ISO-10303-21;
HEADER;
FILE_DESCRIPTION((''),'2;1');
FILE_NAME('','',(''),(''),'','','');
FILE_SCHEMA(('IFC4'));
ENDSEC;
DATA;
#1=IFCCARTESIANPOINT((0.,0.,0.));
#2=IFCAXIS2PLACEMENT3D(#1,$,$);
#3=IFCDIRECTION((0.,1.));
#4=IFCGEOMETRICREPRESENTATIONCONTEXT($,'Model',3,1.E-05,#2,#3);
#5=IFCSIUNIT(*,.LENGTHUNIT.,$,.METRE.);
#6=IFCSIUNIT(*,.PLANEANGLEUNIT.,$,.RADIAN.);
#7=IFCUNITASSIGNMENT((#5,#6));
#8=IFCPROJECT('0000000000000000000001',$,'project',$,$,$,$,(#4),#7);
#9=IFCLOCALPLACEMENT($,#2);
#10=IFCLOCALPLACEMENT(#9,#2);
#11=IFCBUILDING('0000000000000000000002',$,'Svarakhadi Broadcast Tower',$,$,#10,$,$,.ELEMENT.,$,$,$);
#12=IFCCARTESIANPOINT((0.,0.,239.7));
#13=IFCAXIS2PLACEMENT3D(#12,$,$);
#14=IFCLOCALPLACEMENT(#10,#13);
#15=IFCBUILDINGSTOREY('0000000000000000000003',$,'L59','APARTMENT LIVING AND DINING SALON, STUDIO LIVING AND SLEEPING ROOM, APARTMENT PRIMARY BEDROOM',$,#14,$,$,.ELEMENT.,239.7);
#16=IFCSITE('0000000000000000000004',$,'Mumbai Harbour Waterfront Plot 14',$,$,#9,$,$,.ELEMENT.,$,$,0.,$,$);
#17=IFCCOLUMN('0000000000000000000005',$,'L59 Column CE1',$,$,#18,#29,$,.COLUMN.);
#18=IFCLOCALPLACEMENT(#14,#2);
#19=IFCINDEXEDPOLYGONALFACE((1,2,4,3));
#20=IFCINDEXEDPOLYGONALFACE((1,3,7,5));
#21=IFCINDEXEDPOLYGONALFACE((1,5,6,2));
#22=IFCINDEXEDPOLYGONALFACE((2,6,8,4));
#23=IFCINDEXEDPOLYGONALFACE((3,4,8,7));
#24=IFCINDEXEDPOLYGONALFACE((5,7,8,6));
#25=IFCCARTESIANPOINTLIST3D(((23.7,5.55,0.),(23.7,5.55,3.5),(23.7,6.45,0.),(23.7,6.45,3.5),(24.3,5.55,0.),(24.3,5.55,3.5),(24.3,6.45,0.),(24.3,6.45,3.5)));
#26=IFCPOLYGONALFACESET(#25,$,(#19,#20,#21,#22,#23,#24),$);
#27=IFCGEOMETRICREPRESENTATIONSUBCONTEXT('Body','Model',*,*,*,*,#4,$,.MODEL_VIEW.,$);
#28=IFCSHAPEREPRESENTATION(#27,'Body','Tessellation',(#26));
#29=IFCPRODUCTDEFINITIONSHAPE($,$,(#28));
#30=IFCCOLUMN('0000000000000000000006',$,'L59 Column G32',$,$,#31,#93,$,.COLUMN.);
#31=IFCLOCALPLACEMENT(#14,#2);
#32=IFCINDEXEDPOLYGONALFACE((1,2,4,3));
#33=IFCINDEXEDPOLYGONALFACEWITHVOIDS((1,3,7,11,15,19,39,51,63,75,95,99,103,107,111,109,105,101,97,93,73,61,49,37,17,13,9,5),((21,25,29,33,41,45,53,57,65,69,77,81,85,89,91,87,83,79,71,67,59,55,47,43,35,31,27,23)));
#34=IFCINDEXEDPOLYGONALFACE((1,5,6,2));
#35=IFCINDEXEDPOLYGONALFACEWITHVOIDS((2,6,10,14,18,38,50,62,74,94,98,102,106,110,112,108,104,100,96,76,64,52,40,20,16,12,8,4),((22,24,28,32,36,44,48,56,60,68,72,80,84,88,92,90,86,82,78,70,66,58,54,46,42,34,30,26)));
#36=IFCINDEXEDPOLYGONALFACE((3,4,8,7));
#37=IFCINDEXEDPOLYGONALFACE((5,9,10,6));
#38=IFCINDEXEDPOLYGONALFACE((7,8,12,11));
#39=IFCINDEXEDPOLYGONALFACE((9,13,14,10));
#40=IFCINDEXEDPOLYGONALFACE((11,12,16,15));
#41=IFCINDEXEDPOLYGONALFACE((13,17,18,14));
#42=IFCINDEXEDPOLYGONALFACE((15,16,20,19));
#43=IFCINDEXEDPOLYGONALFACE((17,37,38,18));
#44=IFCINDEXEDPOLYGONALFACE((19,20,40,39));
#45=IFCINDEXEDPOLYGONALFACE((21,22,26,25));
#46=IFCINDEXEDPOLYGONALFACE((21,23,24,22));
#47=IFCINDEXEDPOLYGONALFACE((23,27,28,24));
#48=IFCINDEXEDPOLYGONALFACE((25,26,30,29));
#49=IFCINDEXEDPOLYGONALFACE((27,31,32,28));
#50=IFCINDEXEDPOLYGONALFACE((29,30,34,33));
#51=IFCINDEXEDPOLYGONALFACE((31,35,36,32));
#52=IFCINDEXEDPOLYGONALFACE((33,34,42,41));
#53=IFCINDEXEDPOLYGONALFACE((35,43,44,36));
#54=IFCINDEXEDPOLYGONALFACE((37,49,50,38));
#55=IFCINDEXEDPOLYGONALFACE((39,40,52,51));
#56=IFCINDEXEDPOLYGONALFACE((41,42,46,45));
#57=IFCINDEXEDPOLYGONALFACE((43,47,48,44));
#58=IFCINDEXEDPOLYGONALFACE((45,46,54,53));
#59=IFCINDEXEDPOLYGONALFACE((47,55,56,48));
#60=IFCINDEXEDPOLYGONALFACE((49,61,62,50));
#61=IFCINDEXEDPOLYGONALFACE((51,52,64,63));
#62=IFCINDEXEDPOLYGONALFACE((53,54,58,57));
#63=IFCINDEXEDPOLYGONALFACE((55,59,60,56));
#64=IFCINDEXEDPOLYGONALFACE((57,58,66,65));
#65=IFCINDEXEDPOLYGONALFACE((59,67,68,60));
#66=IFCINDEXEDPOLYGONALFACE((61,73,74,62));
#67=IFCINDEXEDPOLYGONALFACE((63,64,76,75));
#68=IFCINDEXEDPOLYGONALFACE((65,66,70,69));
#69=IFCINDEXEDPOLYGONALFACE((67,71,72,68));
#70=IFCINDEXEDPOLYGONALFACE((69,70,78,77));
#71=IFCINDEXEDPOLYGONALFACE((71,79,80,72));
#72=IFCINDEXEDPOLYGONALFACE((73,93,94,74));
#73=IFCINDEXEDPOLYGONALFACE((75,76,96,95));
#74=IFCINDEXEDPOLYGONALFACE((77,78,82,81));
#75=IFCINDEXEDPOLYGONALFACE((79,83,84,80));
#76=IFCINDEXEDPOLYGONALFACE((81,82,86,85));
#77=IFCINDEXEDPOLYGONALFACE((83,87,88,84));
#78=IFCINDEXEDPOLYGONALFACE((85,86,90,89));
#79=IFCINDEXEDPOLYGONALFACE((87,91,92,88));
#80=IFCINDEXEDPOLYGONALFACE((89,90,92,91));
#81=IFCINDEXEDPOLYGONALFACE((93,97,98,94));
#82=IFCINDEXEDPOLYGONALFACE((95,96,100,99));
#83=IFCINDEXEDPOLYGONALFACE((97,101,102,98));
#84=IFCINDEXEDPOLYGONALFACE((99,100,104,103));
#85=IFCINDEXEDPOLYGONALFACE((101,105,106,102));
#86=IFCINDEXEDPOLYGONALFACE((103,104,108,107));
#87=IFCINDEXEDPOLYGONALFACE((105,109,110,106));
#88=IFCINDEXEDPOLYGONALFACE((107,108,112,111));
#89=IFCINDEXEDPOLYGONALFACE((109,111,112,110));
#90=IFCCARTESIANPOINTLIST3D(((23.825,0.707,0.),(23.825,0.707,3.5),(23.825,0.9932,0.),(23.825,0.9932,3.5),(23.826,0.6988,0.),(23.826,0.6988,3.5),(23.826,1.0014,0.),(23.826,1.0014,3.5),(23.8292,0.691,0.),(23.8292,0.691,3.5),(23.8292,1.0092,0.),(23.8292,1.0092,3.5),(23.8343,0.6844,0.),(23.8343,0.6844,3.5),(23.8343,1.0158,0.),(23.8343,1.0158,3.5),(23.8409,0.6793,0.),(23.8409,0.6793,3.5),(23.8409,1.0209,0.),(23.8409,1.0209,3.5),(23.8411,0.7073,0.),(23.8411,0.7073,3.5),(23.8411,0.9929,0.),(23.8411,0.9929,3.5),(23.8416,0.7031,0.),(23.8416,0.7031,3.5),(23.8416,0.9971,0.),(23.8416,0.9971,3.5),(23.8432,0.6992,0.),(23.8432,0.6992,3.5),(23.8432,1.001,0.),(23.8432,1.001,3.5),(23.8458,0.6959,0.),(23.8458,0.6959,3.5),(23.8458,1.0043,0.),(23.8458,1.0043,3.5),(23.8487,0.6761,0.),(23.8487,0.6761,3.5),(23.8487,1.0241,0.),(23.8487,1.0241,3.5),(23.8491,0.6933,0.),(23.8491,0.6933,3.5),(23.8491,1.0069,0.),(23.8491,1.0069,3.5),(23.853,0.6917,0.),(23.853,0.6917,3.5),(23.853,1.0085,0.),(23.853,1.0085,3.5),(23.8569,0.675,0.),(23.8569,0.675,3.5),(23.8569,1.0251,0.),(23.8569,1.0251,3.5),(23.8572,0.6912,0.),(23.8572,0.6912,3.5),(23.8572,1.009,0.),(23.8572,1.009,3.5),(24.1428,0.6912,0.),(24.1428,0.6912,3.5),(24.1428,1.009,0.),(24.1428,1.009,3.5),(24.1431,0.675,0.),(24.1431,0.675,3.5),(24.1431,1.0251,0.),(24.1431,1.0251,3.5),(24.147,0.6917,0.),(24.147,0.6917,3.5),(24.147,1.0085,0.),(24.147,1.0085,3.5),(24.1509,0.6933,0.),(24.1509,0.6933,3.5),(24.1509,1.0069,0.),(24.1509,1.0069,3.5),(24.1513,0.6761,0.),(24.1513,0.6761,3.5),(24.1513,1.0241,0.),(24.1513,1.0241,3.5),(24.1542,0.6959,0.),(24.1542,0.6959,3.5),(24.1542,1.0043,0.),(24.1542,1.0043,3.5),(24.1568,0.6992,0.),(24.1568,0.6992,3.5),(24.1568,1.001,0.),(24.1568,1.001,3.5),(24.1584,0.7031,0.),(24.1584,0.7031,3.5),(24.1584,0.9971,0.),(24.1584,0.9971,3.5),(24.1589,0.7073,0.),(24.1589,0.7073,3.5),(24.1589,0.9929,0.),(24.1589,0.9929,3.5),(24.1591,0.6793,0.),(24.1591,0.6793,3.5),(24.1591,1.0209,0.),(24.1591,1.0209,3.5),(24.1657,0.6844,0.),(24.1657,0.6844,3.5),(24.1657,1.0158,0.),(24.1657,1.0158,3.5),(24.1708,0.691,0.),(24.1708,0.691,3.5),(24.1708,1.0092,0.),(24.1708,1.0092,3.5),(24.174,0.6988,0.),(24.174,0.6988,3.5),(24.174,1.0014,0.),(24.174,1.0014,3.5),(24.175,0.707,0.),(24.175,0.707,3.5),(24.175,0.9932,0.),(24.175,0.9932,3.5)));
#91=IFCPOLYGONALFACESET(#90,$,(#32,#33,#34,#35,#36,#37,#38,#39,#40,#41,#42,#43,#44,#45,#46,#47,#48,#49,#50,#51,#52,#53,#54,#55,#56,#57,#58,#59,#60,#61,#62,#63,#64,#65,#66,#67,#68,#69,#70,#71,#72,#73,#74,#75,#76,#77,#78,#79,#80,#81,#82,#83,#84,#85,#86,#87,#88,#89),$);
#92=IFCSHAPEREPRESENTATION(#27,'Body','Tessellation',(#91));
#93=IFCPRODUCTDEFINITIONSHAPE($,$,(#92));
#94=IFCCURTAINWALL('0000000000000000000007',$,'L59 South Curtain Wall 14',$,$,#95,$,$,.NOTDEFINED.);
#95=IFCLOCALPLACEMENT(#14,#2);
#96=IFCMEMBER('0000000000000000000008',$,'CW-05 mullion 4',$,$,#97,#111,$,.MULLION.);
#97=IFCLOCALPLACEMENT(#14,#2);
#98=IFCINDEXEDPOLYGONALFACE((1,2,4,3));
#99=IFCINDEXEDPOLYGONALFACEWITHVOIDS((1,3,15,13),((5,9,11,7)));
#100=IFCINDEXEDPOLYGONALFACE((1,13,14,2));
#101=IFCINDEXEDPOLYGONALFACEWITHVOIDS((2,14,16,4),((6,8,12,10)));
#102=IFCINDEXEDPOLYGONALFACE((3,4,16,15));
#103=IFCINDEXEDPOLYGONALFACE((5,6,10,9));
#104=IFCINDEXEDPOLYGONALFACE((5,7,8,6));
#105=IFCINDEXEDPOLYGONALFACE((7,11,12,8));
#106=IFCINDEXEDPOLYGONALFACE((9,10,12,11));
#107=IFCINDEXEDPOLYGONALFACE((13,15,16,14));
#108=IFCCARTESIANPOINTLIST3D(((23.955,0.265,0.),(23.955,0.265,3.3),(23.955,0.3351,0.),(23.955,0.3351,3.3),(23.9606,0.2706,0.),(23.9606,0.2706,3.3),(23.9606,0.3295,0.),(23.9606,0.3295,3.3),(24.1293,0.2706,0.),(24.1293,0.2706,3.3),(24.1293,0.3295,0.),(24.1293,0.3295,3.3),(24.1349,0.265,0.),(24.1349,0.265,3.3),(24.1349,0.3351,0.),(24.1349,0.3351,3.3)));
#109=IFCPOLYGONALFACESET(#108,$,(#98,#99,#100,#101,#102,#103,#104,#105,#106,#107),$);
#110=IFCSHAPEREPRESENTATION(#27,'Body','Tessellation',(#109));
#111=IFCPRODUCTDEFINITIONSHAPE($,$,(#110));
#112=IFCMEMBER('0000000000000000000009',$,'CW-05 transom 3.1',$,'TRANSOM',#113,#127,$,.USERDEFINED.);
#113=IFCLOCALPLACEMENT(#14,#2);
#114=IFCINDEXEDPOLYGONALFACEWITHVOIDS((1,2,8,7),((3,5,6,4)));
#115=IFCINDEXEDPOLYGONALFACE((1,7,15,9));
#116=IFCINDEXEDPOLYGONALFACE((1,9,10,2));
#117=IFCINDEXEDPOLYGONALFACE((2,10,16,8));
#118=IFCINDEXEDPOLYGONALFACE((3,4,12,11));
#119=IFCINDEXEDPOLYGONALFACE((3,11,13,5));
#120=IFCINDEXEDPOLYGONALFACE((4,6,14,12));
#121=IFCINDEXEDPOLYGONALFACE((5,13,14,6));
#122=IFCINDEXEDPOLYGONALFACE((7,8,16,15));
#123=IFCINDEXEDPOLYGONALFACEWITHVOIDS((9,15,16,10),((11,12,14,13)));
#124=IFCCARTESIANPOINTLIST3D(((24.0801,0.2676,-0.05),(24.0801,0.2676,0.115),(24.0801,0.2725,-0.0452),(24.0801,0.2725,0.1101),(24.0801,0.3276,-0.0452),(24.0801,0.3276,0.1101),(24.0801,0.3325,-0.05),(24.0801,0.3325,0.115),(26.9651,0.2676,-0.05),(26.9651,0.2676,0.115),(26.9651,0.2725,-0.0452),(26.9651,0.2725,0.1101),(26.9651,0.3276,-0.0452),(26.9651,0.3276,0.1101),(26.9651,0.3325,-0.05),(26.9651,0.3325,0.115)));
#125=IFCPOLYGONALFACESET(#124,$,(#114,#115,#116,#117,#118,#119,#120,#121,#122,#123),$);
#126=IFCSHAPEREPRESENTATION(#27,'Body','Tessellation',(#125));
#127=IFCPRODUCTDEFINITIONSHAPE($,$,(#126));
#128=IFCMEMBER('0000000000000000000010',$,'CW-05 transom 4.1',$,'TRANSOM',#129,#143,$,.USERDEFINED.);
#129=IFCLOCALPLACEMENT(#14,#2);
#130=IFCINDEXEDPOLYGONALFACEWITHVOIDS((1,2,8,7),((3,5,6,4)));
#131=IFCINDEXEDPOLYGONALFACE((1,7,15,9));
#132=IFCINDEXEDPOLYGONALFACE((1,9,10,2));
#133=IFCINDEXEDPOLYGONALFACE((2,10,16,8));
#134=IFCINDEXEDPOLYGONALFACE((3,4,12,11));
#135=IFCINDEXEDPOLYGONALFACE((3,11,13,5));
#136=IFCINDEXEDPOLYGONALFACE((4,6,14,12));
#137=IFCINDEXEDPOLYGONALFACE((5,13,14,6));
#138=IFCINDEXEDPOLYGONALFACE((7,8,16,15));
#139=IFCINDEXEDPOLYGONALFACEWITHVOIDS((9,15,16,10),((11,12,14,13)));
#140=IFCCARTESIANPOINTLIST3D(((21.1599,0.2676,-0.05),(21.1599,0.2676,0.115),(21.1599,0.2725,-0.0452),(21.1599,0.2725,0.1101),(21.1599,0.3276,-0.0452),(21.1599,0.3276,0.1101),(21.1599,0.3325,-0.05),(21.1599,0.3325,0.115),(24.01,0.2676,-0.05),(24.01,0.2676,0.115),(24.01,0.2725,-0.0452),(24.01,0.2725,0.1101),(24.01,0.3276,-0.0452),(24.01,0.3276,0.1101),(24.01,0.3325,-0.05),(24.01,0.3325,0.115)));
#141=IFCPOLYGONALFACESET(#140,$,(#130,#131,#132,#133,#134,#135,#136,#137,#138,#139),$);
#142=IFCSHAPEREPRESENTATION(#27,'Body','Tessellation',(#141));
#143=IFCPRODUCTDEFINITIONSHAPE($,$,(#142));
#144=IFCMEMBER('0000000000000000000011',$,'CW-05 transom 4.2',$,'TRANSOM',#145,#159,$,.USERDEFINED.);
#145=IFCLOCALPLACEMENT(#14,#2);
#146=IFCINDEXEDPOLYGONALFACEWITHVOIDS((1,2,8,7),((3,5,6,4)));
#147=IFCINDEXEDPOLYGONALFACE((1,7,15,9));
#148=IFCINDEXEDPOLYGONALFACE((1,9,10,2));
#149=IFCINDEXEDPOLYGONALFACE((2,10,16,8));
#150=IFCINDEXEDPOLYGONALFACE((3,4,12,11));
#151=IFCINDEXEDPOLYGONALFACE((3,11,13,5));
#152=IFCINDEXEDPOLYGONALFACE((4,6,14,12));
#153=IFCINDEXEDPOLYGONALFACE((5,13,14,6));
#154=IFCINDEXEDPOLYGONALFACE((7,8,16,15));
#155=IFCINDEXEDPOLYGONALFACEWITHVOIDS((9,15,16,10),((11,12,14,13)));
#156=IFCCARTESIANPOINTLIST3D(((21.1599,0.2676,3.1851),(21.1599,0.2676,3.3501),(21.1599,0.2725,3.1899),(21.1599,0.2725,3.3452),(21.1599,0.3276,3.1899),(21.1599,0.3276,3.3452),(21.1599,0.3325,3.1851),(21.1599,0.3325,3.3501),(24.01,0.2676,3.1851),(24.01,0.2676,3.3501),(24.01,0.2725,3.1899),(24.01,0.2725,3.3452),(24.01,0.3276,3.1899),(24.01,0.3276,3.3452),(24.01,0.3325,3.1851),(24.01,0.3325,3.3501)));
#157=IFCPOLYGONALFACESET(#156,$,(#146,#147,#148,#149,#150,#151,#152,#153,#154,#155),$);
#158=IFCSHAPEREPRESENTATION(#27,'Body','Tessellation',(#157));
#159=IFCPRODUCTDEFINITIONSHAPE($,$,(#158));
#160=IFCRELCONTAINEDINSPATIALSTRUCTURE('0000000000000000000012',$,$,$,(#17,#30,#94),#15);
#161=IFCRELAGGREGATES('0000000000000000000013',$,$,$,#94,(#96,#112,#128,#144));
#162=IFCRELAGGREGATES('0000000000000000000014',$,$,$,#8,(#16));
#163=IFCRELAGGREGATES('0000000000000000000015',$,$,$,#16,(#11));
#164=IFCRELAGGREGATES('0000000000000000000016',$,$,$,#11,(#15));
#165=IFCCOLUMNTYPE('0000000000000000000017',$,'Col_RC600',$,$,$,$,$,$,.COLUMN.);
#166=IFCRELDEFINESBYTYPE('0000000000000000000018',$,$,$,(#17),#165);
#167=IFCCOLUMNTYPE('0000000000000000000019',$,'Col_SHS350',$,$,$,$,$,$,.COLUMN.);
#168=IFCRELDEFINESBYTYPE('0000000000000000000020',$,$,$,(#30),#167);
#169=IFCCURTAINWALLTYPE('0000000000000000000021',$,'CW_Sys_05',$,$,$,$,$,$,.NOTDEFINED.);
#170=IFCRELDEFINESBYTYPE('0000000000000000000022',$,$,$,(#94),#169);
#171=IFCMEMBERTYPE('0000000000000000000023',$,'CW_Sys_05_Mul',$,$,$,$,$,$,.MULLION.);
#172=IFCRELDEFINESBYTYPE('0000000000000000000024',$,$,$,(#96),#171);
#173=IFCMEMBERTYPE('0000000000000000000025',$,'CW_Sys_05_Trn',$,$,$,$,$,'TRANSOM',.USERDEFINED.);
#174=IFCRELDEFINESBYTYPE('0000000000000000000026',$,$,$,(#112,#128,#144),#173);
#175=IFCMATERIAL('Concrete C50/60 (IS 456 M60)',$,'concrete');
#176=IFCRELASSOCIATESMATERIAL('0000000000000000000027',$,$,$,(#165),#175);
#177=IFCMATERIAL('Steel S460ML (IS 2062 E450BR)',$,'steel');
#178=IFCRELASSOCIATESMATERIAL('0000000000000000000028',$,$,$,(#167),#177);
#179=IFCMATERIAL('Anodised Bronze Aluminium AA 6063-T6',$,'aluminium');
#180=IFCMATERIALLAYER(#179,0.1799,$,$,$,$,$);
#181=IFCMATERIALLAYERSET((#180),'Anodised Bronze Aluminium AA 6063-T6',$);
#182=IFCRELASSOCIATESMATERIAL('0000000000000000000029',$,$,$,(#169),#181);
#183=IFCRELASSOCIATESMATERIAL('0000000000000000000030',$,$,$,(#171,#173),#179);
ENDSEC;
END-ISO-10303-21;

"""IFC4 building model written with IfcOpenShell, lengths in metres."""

from ifc_helpers import new_model, si_unit, direction, frame, origin, origin_2d, place, context, subcontext, project, spatial, rectangle, hollow_rectangle, extrude, material, layer, layer_set, material_profile, profile_set, type_object, element, aggregate, save


model = new_model("IFC4")

# Units and contexts
model_context = context("Model", 3, precision=1e-05, world=origin(), true_north=direction((0.0, 1.0)))
body_context = subcontext(model_context, "Body", "Model", "MODEL_VIEW")
ifc_project = project(units=[si_unit("LENGTHUNIT", "METRE"), si_unit("PLANEANGLEUNIT", "RADIAN")], contexts=[model_context])

# Site, building, storey
site_placement = place(None, origin())
site = spatial("IfcSite", under=ifc_project, at=site_placement, Name="Mumbai Harbour Waterfront Plot 14", CompositionType="ELEMENT", RefElevation=0.0)
building_placement = place(site_placement, origin())
building = spatial("IfcBuilding", under=site, at=building_placement, Name="Svarakhadi Broadcast Tower", CompositionType="ELEMENT")
storey_placement = place(building_placement, frame((0.0, 0.0, 239.7)))
storey = spatial("IfcBuildingStorey", under=building, at=storey_placement, Name="L59", Description="APARTMENT LIVING AND DINING SALON, STUDIO LIVING AND SLEEPING ROOM, APARTMENT PRIMARY BEDROOM", CompositionType="ELEMENT", Elevation=239.7)

# Columns
ifc_material_1 = material(Name="Concrete C50/60 (IS 456 M60)", Category="concrete")
ifc_material_profile_1 = material_profile(ifc_material_1, rectangle(XDim=0.6001, YDim=0.8999, at=origin_2d()), Name="RC 600x900")
ifc_profile_set_1 = profile_set([ifc_material_profile_1], Name="Concrete C50/60 (IS 456 M60)")
column_type_1 = type_object("IfcColumnType", Name="Col_RC600", PredefinedType="COLUMN", material=ifc_profile_set_1)
column_1_placement = place(storey_placement, frame((24.0, 6.0, 0.0), z_axis=(0.0, 0.0, 1.0), x_axis=(1.0, 0.0, 0.0)))
element("IfcColumn", 1, at=column_1_placement, inside=storey, type_object=column_type_1, Name="L59 Column CE1", PredefinedType="COLUMN", context=body_context, shape_type="SweptSolid", body=[
    extrude(rectangle(XDim=0.6001, YDim=0.8999, at=origin_2d()), origin(), (0.0, 0.0, 1.0), 3.5),
])
ifc_material_2 = material(Name="Steel S460ML (IS 2062 E450BR)", Category="steel")
ifc_material_profile_2 = material_profile(ifc_material_2, hollow_rectangle(XDim=0.3501, YDim=0.3501, WallThickness=0.0161, InnerFilletRadius=0.0161, OuterFilletRadius=0.032, at=origin_2d()), Name="SHS 350x350x16")
ifc_profile_set_2 = profile_set([ifc_material_profile_2], Name="Steel S460ML (IS 2062 E450BR)")
column_type_2 = type_object("IfcColumnType", Name="Col_SHS350", PredefinedType="COLUMN", material=ifc_profile_set_2)
column_2_placement = place(storey_placement, frame((24.0, 0.8501, 0.0), z_axis=(0.0, 0.0, 1.0), x_axis=(1.0, 0.0, 0.0)))
element("IfcColumn", 2, at=column_2_placement, inside=storey, type_object=column_type_2, Name="L59 Column G32", PredefinedType="COLUMN", context=body_context, shape_type="SweptSolid", body=[
    extrude(hollow_rectangle(XDim=0.3501, YDim=0.3501, WallThickness=0.0161, InnerFilletRadius=0.0161, OuterFilletRadius=0.032, at=origin_2d()), origin(), (0.0, 0.0, 1.0), 3.5),
])

# Curtain wall, members
ifc_material_3 = material(Name="Anodised Bronze Aluminium AA 6063-T6", Category="aluminium")
ifc_layer_1 = layer(ifc_material_3, 0.1799)
ifc_layer_set_1 = layer_set([ifc_layer_1], Name="Anodised Bronze Aluminium AA 6063-T6")
curtain_wall_type = type_object("IfcCurtainWallType", Name="CW_Sys_05", PredefinedType="NOTDEFINED", material=ifc_layer_set_1)
curtain_wall_placement = place(storey_placement, origin())
curtain_wall = element("IfcCurtainWall", 3, at=curtain_wall_placement, inside=storey, type_object=curtain_wall_type, Name="L59 South Curtain Wall 14", PredefinedType="NOTDEFINED")
ifc_material_profile_3 = material_profile(ifc_material_3, hollow_rectangle(XDim=0.0701, YDim=0.1799, WallThickness=0.0056, at=origin_2d()), Name="ALU MULLION 180x70x6")
ifc_profile_set_3 = profile_set([ifc_material_profile_3], Name="Anodised Bronze Aluminium AA 6063-T6")
member_type_1 = type_object("IfcMemberType", Name="CW_Sys_05_Mul", PredefinedType="MULLION", material=ifc_profile_set_3)
member_1_placement = place(storey_placement, frame((24.0449, 0.3, 0.0), z_axis=(0.0, 0.0, 1.0), x_axis=(0.0, -1.0, 0.0)))
member_1 = element("IfcMember", 4, at=member_1_placement, type_object=member_type_1, Name="CW-05 mullion 4", PredefinedType="MULLION", context=body_context, shape_type="SweptSolid", body=[
    extrude(hollow_rectangle(XDim=0.0701, YDim=0.1799, WallThickness=0.0056, at=origin_2d()), origin(), (0.0, 0.0, 1.0), 3.3),
])
ifc_material_profile_4 = material_profile(ifc_material_3, hollow_rectangle(XDim=0.0649, YDim=0.165, WallThickness=0.0049, at=origin_2d()), Name="ALU TRANSOM 165x65x5")
ifc_profile_set_4 = profile_set([ifc_material_profile_4], Name="Anodised Bronze Aluminium AA 6063-T6")
member_type_2 = type_object("IfcMemberType", Name="CW_Sys_05_Trn", ElementType="TRANSOM", PredefinedType="USERDEFINED", material=ifc_profile_set_4)
member_2_placement = place(storey_placement, frame((26.9651, 0.3, 0.0325), z_axis=(-1.0, 0.0, 0.0), x_axis=(0.0, -1.0, 0.0)))
member_2 = element("IfcMember", 5, at=member_2_placement, type_object=member_type_2, Name="CW-05 transom 3.1", ObjectType="TRANSOM", PredefinedType="USERDEFINED", context=body_context, shape_type="SweptSolid", body=[
    extrude(hollow_rectangle(XDim=0.0649, YDim=0.165, WallThickness=0.0049, at=origin_2d()), origin(), (0.0, 0.0, 1.0), 2.885),
])
member_3_placement = place(storey_placement, frame((24.01, 0.3, 0.0325), z_axis=(-1.0, 0.0, 0.0), x_axis=(0.0, -1.0, 0.0)))
member_3 = element("IfcMember", 6, at=member_3_placement, type_object=member_type_2, Name="CW-05 transom 4.1", ObjectType="TRANSOM", PredefinedType="USERDEFINED", context=body_context, shape_type="SweptSolid", body=[
    extrude(hollow_rectangle(XDim=0.0649, YDim=0.165, WallThickness=0.0049, at=origin_2d()), origin(), (0.0, 0.0, 1.0), 2.8501),
])
member_4_placement = place(storey_placement, frame((24.01, 0.3, 3.2676), z_axis=(-1.0, 0.0, 0.0), x_axis=(0.0, -1.0, 0.0)))
member_4 = element("IfcMember", 7, at=member_4_placement, type_object=member_type_2, Name="CW-05 transom 4.2", ObjectType="TRANSOM", PredefinedType="USERDEFINED", context=body_context, shape_type="SweptSolid", body=[
    extrude(hollow_rectangle(XDim=0.0649, YDim=0.165, WallThickness=0.0049, at=origin_2d()), origin(), (0.0, 0.0, 1.0), 2.8501),
])

aggregate(curtain_wall, [member_1, member_2, member_3, member_4])

save(model, "model.ifc")
